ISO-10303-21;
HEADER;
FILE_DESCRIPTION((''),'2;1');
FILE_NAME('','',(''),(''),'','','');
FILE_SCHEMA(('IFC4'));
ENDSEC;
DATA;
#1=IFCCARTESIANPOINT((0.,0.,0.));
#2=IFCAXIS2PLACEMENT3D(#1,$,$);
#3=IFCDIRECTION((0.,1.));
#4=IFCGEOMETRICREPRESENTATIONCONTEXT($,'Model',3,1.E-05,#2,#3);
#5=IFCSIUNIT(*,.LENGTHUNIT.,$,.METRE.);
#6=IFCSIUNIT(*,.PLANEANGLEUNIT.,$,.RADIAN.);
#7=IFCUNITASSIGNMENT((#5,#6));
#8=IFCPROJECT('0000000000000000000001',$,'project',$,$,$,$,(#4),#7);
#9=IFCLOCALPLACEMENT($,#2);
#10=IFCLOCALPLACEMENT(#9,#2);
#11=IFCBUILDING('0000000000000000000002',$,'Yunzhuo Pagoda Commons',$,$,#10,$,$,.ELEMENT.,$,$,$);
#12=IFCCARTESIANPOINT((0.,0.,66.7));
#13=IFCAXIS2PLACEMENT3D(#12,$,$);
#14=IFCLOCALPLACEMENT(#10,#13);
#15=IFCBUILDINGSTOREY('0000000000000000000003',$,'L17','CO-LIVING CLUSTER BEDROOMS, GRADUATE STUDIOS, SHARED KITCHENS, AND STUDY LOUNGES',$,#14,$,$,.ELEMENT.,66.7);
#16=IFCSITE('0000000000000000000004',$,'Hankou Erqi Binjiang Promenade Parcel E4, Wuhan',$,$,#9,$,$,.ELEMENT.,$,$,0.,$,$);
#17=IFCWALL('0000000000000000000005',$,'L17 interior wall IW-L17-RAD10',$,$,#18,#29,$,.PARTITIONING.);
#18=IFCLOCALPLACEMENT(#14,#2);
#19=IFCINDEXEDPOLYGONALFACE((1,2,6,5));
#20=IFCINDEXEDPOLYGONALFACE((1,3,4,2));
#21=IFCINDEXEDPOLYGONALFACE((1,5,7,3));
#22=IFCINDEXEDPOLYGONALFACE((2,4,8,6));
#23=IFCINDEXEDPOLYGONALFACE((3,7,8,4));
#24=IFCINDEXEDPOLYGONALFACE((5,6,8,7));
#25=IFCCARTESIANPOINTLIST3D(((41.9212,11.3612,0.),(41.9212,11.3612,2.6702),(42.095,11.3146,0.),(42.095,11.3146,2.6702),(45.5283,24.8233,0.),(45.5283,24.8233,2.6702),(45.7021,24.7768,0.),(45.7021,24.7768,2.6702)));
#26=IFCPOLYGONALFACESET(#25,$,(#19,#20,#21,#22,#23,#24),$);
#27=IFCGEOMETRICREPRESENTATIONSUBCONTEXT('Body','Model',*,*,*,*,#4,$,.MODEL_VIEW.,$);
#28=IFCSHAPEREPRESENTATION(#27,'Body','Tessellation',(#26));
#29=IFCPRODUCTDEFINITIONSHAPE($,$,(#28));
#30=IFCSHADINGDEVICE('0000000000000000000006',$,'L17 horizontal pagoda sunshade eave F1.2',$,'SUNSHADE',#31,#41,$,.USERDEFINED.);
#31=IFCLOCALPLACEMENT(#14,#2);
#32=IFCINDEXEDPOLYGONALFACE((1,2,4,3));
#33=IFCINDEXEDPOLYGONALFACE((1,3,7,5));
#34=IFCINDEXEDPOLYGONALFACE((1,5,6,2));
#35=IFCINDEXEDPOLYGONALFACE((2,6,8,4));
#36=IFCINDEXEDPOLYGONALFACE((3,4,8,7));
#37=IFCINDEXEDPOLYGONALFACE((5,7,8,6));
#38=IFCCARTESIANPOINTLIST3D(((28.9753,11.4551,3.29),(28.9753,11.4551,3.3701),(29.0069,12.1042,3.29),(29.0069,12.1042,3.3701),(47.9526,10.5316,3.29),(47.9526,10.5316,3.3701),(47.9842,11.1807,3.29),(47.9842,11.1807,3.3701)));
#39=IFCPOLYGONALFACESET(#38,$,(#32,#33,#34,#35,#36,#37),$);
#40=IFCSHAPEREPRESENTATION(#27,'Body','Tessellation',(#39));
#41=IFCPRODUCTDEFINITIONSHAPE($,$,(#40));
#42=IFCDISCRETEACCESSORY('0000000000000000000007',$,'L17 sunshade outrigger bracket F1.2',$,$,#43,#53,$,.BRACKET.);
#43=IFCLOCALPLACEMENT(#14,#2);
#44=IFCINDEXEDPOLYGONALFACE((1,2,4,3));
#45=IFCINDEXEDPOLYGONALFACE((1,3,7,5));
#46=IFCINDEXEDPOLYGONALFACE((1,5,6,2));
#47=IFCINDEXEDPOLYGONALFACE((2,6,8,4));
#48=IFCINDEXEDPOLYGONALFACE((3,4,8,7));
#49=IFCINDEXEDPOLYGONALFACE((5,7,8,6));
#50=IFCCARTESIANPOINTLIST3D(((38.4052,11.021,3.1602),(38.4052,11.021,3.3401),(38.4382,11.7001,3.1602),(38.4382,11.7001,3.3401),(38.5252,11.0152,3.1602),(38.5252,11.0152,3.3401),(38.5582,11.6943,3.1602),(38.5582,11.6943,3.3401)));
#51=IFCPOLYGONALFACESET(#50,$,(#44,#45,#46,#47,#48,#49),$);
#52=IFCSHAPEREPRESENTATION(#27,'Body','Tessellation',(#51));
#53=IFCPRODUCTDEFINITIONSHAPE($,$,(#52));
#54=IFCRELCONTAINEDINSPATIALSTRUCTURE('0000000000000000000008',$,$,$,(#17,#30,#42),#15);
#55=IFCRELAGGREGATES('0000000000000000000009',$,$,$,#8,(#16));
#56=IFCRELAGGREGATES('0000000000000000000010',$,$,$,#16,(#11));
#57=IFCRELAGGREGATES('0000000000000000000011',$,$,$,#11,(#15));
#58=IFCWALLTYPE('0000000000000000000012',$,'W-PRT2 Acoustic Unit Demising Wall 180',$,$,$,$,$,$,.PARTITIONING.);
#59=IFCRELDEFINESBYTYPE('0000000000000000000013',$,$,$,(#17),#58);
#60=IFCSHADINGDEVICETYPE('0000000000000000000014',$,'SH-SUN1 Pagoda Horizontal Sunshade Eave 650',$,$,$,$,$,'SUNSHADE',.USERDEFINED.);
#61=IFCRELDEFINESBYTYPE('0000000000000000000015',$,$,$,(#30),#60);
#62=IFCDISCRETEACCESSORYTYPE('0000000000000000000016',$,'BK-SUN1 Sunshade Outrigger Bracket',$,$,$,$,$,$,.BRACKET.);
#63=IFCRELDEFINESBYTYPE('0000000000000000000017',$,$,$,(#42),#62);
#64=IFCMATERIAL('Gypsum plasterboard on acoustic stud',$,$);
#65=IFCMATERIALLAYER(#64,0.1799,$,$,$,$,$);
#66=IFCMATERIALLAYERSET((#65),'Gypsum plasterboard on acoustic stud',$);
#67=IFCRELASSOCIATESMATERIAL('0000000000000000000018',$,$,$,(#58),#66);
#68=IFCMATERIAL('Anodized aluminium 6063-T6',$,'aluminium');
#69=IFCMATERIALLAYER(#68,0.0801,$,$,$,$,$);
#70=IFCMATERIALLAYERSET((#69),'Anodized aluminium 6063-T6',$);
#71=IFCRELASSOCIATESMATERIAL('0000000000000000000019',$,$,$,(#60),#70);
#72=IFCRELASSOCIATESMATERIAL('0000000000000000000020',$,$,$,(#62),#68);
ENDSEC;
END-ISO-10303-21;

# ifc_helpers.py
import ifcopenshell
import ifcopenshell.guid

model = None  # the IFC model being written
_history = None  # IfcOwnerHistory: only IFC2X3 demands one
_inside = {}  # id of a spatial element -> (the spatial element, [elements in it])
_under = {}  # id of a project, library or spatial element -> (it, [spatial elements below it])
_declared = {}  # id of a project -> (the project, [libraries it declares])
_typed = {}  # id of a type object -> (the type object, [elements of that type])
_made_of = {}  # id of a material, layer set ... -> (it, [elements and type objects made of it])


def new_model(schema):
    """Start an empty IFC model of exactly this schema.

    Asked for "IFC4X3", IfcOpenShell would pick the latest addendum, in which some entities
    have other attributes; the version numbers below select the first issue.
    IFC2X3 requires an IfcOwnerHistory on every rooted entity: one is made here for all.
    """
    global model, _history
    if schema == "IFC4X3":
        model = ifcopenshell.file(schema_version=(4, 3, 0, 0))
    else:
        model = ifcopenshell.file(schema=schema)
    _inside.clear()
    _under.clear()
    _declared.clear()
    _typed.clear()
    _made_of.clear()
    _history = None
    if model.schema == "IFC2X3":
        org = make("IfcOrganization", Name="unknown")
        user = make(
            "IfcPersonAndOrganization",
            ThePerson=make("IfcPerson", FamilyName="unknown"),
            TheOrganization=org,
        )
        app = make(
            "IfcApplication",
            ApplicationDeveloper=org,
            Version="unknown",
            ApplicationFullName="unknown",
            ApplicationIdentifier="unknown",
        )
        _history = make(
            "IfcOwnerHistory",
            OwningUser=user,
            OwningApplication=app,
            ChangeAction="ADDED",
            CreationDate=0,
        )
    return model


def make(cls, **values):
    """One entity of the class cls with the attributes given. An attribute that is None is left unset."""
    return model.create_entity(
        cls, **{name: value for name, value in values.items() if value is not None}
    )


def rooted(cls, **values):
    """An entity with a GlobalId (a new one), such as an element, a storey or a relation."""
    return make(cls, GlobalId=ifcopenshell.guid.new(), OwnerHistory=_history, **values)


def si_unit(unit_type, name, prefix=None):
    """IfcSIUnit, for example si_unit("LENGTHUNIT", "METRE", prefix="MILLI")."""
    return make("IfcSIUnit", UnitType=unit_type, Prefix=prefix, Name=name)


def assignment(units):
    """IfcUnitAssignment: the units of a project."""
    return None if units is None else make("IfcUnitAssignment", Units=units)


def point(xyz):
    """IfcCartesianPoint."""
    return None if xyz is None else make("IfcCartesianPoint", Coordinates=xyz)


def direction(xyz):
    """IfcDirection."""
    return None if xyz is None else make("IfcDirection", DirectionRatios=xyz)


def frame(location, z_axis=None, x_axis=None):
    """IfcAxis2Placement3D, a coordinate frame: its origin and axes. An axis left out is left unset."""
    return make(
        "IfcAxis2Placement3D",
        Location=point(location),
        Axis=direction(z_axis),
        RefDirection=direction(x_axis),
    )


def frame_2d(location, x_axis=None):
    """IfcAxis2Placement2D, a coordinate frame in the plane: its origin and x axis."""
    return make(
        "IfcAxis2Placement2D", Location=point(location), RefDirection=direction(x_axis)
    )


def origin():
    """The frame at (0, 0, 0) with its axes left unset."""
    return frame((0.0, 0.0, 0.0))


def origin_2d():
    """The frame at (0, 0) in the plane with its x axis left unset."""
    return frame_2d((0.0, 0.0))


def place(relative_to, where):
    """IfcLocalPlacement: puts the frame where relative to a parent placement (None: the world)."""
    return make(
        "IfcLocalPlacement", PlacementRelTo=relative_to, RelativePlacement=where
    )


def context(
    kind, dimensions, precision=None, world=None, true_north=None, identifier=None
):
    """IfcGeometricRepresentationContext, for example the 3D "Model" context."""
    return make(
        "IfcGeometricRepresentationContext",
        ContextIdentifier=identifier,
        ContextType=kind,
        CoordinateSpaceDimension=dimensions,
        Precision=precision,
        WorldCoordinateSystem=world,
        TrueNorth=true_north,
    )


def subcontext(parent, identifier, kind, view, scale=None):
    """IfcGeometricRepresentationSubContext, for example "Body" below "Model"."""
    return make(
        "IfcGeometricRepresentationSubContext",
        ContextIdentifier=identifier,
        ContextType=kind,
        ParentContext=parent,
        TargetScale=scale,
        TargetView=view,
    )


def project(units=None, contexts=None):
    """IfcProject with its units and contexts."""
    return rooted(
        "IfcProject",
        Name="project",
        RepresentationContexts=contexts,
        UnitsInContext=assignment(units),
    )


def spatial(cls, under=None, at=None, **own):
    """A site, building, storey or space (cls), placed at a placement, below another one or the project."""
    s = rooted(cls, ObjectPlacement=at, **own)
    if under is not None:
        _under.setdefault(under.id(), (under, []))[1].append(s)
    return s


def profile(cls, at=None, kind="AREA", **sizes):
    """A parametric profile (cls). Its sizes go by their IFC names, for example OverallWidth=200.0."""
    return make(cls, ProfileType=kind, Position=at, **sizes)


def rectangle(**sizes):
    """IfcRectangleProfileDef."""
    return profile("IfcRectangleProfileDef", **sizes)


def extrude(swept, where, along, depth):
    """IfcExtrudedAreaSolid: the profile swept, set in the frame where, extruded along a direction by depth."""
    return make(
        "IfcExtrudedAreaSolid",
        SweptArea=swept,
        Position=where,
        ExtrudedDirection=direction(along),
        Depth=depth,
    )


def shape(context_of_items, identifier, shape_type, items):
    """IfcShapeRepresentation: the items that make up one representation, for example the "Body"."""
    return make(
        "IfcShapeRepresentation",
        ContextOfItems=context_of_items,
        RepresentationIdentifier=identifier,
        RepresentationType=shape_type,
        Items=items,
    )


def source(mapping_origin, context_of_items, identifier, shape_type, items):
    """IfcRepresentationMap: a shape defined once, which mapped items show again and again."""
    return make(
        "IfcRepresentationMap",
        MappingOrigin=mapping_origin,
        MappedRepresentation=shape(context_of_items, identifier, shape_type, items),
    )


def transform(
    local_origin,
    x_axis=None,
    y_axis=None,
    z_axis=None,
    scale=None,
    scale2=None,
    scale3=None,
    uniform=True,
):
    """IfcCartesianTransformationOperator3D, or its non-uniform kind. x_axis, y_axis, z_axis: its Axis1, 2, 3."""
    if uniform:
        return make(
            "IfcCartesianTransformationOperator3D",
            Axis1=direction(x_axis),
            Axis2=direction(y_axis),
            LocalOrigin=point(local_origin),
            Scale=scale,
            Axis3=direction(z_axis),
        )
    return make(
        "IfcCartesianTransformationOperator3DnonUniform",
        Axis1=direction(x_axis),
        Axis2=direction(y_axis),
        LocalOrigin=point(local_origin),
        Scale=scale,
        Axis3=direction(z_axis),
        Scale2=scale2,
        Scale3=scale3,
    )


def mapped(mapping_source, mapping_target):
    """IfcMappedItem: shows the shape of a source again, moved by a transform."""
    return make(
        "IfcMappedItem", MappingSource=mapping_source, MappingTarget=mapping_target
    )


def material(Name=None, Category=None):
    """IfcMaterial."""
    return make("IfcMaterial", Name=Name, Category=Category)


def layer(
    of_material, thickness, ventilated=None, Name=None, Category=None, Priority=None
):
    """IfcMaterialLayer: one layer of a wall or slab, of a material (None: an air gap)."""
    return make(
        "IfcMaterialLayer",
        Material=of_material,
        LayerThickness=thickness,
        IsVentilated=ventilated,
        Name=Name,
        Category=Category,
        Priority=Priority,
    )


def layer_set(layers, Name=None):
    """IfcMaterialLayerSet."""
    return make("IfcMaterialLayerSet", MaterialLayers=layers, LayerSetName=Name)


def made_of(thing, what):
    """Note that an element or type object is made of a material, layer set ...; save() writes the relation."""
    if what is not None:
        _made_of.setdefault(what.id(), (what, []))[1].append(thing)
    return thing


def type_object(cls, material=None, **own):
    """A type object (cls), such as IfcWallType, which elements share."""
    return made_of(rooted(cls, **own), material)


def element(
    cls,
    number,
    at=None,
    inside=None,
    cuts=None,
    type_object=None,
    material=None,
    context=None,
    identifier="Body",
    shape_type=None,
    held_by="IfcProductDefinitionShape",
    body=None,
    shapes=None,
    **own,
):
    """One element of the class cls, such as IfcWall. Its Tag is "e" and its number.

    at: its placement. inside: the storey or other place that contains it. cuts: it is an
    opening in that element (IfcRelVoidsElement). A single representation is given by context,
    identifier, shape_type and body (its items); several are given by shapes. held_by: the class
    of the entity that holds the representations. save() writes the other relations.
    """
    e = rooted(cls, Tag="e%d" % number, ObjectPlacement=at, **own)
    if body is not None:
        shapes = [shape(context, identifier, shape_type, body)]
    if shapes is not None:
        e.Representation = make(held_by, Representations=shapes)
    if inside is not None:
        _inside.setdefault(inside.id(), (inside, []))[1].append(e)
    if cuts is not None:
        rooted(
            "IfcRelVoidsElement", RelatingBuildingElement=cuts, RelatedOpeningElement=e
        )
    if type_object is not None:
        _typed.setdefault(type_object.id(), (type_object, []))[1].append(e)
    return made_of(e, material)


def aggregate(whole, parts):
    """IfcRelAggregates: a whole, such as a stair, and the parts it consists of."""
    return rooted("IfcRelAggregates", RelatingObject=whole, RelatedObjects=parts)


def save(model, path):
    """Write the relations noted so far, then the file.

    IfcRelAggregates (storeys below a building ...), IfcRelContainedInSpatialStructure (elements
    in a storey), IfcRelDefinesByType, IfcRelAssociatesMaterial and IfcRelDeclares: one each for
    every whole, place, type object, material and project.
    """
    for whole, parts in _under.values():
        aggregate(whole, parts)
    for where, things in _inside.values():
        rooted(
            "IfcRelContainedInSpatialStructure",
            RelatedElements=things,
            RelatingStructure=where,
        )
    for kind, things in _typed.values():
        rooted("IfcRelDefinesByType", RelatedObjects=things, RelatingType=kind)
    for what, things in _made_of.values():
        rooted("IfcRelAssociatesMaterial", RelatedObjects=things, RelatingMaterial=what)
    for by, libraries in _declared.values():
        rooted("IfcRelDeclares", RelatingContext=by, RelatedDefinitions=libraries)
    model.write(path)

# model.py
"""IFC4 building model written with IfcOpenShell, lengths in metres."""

from ifc_helpers import new_model, si_unit, direction, frame, frame_2d, origin, origin_2d, place, context, subcontext, project, spatial, rectangle, extrude, source, transform, mapped, material, layer, layer_set, type_object, element, save


model = new_model("IFC4")

# Units and contexts
model_context = context("Model", 3, precision=1e-05, world=origin(), true_north=direction((0.0, 1.0)))
body_context = subcontext(model_context, "Body", "Model", "MODEL_VIEW")
ifc_project = project(units=[si_unit("LENGTHUNIT", "METRE"), si_unit("PLANEANGLEUNIT", "RADIAN")], contexts=[model_context])

# Site, building, storey
site_placement = place(None, origin())
site = spatial("IfcSite", under=ifc_project, at=site_placement, Name="Hankou Erqi Binjiang Promenade Parcel E4, Wuhan", CompositionType="ELEMENT", RefElevation=0.0)
building_placement = place(site_placement, origin())
building = spatial("IfcBuilding", under=site, at=building_placement, Name="Yunzhuo Pagoda Commons", CompositionType="ELEMENT")
storey_placement = place(building_placement, frame((0.0, 0.0, 66.7)))
storey = spatial("IfcBuildingStorey", under=building, at=storey_placement, Name="L17", Description="CO-LIVING CLUSTER BEDROOMS, GRADUATE STUDIOS, SHARED KITCHENS, AND STUDY LOUNGES", CompositionType="ELEMENT", Elevation=66.7)

# Shared definitions
ifc_material_1 = material(Name="Anodized aluminium 6063-T6", Category="aluminium")

# Shared definitions
ifc_material_2 = material(Name="Gypsum plasterboard on acoustic stud")

# Wall
ifc_layer_1 = layer(ifc_material_2, 0.1799)
ifc_layer_set_1 = layer_set([ifc_layer_1], Name="Gypsum plasterboard on acoustic stud")
wall_type_1 = type_object("IfcWallType", Name="W-PRT2 Acoustic Unit Demising Wall 180", PredefinedType="PARTITIONING", material=ifc_layer_set_1)
wall_1_placement = place(storey_placement, frame((45.6152, 24.8, 0.0), z_axis=(0.0, 0.0, 1.0), x_axis=(-0.258819, -0.965926, 0.0)))
element("IfcWall", 1, at=wall_1_placement, inside=storey, type_object=wall_type_1, Name="L17 interior wall IW-L17-RAD10", PredefinedType="PARTITIONING", context=body_context, shape_type="SweptSolid", body=[
    extrude(rectangle(XDim=13.937, YDim=0.1799, at=frame_2d((6.9685, 0.0))), origin(), (0.0, 0.0, 1.0), 2.6702),
])

# Shading device
ifc_layer_2 = layer(ifc_material_1, 0.0801)
ifc_layer_set_2 = layer_set([ifc_layer_2], Name="Anodized aluminium 6063-T6")
shading_device_type = type_object("IfcShadingDeviceType", Name="SH-SUN1 Pagoda Horizontal Sunshade Eave 650", ElementType="SUNSHADE", PredefinedType="USERDEFINED", material=ifc_layer_set_2)
shared_shape_1 = source(origin(), body_context, "Body", "SweptSolid", [
    extrude(rectangle(XDim=18.9998, YDim=0.6499, at=origin_2d()), origin(), (0.0, 0.0, 1.0), 0.0801),
])
shading_device_placement = place(storey_placement, frame((38.4797, 11.3179, 3.29), z_axis=(0.0, 0.0, 1.0), x_axis=(0.998818, -0.048606, 0.0)))
element("IfcShadingDevice", 2, at=shading_device_placement, inside=storey, type_object=shading_device_type, Name="L17 horizontal pagoda sunshade eave F1.2", ObjectType="SUNSHADE", PredefinedType="USERDEFINED", context=body_context, shape_type="MappedRepresentation", body=[
    mapped(shared_shape_1, transform((0.0, 0.0, 0.0), scale=1.0)),
])

# Discrete accessory
discrete_accessory_type = type_object("IfcDiscreteAccessoryType", Name="BK-SUN1 Sunshade Outrigger Bracket", PredefinedType="BRACKET", material=ifc_material_1)
shared_shape_2 = source(origin(), body_context, "Body", "SweptSolid", [
    extrude(rectangle(XDim=0.1201, YDim=0.6799, at=origin_2d()), origin(), (0.0, 0.0, 1.0), 0.1799),
])
discrete_accessory_placement = place(storey_placement, frame((38.4817, 11.3577, 3.1602), z_axis=(0.0, 0.0, 1.0), x_axis=(0.998818, -0.048606, 0.0)))
element("IfcDiscreteAccessory", 3, at=discrete_accessory_placement, inside=storey, type_object=discrete_accessory_type, Name="L17 sunshade outrigger bracket F1.2", PredefinedType="BRACKET", context=body_context, shape_type="MappedRepresentation", body=[
    mapped(shared_shape_2, transform((0.0, 0.0, 0.0), scale=1.0)),
])

save(model, "model.ifc")
